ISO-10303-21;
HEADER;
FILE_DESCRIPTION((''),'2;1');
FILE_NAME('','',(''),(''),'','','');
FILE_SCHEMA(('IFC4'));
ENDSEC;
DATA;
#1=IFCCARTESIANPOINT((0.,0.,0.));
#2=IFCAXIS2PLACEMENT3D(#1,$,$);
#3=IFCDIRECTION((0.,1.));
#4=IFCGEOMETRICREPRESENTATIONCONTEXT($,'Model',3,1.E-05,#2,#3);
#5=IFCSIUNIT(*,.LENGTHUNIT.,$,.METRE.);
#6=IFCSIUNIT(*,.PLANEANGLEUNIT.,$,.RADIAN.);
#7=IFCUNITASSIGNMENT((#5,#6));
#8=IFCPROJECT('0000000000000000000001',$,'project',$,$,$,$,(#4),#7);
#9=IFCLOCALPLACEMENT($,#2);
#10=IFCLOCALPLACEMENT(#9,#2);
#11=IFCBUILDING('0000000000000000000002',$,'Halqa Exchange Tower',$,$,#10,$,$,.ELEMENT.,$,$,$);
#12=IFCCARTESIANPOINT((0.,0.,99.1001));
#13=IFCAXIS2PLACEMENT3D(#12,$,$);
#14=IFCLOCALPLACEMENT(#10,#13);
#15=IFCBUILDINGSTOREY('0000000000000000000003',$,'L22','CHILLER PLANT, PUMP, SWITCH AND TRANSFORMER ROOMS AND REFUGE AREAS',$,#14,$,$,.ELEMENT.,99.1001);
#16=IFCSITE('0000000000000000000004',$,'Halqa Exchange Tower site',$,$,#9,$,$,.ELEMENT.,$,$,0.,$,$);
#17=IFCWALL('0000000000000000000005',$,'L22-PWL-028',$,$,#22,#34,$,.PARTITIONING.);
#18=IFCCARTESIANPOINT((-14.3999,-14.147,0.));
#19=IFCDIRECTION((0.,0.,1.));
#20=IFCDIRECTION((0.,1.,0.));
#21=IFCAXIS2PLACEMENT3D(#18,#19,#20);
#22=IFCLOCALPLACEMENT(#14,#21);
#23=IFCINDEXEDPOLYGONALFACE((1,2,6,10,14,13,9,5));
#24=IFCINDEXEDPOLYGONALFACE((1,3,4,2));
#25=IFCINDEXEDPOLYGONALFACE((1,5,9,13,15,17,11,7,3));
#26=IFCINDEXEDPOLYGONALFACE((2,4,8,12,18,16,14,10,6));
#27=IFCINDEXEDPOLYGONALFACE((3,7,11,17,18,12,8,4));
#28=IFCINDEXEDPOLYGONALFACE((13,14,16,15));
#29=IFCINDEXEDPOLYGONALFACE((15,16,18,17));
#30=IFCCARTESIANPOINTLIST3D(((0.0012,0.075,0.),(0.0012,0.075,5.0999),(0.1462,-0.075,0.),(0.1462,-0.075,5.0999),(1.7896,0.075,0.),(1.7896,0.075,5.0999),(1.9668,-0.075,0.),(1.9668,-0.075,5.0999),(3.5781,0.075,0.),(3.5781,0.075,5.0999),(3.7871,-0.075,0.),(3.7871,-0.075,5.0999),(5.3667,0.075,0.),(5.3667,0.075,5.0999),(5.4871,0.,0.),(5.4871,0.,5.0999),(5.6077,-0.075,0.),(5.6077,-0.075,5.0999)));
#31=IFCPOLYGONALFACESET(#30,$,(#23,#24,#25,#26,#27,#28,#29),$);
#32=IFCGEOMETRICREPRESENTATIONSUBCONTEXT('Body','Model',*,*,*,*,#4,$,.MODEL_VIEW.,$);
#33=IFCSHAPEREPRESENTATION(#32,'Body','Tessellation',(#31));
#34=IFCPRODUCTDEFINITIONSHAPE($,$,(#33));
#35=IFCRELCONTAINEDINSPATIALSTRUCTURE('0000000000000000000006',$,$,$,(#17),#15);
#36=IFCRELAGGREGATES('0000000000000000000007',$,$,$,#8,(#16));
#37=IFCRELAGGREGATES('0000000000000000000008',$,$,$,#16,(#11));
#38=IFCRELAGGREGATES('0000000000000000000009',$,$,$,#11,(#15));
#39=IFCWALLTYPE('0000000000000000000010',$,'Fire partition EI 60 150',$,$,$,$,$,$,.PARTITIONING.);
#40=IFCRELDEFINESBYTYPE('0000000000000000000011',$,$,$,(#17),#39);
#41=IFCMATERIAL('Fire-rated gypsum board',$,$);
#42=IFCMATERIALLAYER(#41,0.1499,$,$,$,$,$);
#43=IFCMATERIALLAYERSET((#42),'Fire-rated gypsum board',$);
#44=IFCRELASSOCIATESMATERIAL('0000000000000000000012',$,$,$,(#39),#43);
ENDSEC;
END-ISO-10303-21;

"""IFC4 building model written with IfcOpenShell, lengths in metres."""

from ifc_helpers import new_model, si_unit, direction, frame, origin, place, context, subcontext, project, spatial, polyline, outline, extrude, material, layer, layer_set, type_object, element, save


model = new_model("IFC4")

# Units and contexts
model_context = context("Model", 3, precision=1e-05, world=origin(), true_north=direction((0.0, 1.0)))
body_context = subcontext(model_context, "Body", "Model", "MODEL_VIEW")
ifc_project = project(units=[si_unit("LENGTHUNIT", "METRE"), si_unit("PLANEANGLEUNIT", "RADIAN")], contexts=[model_context])

# Site, building, storey
site_placement = place(None, origin())
site = spatial("IfcSite", under=ifc_project, at=site_placement, Name="Halqa Exchange Tower site", CompositionType="ELEMENT", RefElevation=0.0)
building_placement = place(site_placement, origin())
building = spatial("IfcBuilding", under=site, at=building_placement, Name="Halqa Exchange Tower", CompositionType="ELEMENT")
storey_placement = place(building_placement, frame((0.0, 0.0, 99.1001)))
storey = spatial("IfcBuildingStorey", under=building, at=storey_placement, Name="L22", Description="CHILLER PLANT, PUMP, SWITCH AND TRANSFORMER ROOMS AND REFUGE AREAS", CompositionType="ELEMENT", Elevation=99.1001)

# Wall
ifc_material_1 = material(Name="Fire-rated gypsum board")
ifc_layer_1 = layer(ifc_material_1, 0.1499)
ifc_layer_set_1 = layer_set([ifc_layer_1], Name="Fire-rated gypsum board")
wall_type_1 = type_object("IfcWallType", Name="Fire partition EI 60 150", PredefinedType="PARTITIONING", material=ifc_layer_set_1)
wall_1_placement = place(storey_placement, frame((-14.3999, -14.147, 0.0), z_axis=(0.0, 0.0, 1.0), x_axis=(0.0, 1.0, 0.0)))
element("IfcWall", 1, at=wall_1_placement, inside=storey, type_object=wall_type_1, Name="L22-PWL-028", PredefinedType="PARTITIONING", context=body_context, shape_type="SweptSolid", body=[
    extrude(outline(polyline([(0.1462, -0.075), (1.9668, -0.075), (3.7871, -0.075), (5.6077, -0.075), (5.4871, 0.0), (5.3667, 0.075), (3.5781, 0.075), (1.7896, 0.075), (0.0012, 0.075), (0.1462, -0.075)])), origin(), (0.0, 0.0, 1.0), 5.0999),
])

save(model, "model.ifc")
